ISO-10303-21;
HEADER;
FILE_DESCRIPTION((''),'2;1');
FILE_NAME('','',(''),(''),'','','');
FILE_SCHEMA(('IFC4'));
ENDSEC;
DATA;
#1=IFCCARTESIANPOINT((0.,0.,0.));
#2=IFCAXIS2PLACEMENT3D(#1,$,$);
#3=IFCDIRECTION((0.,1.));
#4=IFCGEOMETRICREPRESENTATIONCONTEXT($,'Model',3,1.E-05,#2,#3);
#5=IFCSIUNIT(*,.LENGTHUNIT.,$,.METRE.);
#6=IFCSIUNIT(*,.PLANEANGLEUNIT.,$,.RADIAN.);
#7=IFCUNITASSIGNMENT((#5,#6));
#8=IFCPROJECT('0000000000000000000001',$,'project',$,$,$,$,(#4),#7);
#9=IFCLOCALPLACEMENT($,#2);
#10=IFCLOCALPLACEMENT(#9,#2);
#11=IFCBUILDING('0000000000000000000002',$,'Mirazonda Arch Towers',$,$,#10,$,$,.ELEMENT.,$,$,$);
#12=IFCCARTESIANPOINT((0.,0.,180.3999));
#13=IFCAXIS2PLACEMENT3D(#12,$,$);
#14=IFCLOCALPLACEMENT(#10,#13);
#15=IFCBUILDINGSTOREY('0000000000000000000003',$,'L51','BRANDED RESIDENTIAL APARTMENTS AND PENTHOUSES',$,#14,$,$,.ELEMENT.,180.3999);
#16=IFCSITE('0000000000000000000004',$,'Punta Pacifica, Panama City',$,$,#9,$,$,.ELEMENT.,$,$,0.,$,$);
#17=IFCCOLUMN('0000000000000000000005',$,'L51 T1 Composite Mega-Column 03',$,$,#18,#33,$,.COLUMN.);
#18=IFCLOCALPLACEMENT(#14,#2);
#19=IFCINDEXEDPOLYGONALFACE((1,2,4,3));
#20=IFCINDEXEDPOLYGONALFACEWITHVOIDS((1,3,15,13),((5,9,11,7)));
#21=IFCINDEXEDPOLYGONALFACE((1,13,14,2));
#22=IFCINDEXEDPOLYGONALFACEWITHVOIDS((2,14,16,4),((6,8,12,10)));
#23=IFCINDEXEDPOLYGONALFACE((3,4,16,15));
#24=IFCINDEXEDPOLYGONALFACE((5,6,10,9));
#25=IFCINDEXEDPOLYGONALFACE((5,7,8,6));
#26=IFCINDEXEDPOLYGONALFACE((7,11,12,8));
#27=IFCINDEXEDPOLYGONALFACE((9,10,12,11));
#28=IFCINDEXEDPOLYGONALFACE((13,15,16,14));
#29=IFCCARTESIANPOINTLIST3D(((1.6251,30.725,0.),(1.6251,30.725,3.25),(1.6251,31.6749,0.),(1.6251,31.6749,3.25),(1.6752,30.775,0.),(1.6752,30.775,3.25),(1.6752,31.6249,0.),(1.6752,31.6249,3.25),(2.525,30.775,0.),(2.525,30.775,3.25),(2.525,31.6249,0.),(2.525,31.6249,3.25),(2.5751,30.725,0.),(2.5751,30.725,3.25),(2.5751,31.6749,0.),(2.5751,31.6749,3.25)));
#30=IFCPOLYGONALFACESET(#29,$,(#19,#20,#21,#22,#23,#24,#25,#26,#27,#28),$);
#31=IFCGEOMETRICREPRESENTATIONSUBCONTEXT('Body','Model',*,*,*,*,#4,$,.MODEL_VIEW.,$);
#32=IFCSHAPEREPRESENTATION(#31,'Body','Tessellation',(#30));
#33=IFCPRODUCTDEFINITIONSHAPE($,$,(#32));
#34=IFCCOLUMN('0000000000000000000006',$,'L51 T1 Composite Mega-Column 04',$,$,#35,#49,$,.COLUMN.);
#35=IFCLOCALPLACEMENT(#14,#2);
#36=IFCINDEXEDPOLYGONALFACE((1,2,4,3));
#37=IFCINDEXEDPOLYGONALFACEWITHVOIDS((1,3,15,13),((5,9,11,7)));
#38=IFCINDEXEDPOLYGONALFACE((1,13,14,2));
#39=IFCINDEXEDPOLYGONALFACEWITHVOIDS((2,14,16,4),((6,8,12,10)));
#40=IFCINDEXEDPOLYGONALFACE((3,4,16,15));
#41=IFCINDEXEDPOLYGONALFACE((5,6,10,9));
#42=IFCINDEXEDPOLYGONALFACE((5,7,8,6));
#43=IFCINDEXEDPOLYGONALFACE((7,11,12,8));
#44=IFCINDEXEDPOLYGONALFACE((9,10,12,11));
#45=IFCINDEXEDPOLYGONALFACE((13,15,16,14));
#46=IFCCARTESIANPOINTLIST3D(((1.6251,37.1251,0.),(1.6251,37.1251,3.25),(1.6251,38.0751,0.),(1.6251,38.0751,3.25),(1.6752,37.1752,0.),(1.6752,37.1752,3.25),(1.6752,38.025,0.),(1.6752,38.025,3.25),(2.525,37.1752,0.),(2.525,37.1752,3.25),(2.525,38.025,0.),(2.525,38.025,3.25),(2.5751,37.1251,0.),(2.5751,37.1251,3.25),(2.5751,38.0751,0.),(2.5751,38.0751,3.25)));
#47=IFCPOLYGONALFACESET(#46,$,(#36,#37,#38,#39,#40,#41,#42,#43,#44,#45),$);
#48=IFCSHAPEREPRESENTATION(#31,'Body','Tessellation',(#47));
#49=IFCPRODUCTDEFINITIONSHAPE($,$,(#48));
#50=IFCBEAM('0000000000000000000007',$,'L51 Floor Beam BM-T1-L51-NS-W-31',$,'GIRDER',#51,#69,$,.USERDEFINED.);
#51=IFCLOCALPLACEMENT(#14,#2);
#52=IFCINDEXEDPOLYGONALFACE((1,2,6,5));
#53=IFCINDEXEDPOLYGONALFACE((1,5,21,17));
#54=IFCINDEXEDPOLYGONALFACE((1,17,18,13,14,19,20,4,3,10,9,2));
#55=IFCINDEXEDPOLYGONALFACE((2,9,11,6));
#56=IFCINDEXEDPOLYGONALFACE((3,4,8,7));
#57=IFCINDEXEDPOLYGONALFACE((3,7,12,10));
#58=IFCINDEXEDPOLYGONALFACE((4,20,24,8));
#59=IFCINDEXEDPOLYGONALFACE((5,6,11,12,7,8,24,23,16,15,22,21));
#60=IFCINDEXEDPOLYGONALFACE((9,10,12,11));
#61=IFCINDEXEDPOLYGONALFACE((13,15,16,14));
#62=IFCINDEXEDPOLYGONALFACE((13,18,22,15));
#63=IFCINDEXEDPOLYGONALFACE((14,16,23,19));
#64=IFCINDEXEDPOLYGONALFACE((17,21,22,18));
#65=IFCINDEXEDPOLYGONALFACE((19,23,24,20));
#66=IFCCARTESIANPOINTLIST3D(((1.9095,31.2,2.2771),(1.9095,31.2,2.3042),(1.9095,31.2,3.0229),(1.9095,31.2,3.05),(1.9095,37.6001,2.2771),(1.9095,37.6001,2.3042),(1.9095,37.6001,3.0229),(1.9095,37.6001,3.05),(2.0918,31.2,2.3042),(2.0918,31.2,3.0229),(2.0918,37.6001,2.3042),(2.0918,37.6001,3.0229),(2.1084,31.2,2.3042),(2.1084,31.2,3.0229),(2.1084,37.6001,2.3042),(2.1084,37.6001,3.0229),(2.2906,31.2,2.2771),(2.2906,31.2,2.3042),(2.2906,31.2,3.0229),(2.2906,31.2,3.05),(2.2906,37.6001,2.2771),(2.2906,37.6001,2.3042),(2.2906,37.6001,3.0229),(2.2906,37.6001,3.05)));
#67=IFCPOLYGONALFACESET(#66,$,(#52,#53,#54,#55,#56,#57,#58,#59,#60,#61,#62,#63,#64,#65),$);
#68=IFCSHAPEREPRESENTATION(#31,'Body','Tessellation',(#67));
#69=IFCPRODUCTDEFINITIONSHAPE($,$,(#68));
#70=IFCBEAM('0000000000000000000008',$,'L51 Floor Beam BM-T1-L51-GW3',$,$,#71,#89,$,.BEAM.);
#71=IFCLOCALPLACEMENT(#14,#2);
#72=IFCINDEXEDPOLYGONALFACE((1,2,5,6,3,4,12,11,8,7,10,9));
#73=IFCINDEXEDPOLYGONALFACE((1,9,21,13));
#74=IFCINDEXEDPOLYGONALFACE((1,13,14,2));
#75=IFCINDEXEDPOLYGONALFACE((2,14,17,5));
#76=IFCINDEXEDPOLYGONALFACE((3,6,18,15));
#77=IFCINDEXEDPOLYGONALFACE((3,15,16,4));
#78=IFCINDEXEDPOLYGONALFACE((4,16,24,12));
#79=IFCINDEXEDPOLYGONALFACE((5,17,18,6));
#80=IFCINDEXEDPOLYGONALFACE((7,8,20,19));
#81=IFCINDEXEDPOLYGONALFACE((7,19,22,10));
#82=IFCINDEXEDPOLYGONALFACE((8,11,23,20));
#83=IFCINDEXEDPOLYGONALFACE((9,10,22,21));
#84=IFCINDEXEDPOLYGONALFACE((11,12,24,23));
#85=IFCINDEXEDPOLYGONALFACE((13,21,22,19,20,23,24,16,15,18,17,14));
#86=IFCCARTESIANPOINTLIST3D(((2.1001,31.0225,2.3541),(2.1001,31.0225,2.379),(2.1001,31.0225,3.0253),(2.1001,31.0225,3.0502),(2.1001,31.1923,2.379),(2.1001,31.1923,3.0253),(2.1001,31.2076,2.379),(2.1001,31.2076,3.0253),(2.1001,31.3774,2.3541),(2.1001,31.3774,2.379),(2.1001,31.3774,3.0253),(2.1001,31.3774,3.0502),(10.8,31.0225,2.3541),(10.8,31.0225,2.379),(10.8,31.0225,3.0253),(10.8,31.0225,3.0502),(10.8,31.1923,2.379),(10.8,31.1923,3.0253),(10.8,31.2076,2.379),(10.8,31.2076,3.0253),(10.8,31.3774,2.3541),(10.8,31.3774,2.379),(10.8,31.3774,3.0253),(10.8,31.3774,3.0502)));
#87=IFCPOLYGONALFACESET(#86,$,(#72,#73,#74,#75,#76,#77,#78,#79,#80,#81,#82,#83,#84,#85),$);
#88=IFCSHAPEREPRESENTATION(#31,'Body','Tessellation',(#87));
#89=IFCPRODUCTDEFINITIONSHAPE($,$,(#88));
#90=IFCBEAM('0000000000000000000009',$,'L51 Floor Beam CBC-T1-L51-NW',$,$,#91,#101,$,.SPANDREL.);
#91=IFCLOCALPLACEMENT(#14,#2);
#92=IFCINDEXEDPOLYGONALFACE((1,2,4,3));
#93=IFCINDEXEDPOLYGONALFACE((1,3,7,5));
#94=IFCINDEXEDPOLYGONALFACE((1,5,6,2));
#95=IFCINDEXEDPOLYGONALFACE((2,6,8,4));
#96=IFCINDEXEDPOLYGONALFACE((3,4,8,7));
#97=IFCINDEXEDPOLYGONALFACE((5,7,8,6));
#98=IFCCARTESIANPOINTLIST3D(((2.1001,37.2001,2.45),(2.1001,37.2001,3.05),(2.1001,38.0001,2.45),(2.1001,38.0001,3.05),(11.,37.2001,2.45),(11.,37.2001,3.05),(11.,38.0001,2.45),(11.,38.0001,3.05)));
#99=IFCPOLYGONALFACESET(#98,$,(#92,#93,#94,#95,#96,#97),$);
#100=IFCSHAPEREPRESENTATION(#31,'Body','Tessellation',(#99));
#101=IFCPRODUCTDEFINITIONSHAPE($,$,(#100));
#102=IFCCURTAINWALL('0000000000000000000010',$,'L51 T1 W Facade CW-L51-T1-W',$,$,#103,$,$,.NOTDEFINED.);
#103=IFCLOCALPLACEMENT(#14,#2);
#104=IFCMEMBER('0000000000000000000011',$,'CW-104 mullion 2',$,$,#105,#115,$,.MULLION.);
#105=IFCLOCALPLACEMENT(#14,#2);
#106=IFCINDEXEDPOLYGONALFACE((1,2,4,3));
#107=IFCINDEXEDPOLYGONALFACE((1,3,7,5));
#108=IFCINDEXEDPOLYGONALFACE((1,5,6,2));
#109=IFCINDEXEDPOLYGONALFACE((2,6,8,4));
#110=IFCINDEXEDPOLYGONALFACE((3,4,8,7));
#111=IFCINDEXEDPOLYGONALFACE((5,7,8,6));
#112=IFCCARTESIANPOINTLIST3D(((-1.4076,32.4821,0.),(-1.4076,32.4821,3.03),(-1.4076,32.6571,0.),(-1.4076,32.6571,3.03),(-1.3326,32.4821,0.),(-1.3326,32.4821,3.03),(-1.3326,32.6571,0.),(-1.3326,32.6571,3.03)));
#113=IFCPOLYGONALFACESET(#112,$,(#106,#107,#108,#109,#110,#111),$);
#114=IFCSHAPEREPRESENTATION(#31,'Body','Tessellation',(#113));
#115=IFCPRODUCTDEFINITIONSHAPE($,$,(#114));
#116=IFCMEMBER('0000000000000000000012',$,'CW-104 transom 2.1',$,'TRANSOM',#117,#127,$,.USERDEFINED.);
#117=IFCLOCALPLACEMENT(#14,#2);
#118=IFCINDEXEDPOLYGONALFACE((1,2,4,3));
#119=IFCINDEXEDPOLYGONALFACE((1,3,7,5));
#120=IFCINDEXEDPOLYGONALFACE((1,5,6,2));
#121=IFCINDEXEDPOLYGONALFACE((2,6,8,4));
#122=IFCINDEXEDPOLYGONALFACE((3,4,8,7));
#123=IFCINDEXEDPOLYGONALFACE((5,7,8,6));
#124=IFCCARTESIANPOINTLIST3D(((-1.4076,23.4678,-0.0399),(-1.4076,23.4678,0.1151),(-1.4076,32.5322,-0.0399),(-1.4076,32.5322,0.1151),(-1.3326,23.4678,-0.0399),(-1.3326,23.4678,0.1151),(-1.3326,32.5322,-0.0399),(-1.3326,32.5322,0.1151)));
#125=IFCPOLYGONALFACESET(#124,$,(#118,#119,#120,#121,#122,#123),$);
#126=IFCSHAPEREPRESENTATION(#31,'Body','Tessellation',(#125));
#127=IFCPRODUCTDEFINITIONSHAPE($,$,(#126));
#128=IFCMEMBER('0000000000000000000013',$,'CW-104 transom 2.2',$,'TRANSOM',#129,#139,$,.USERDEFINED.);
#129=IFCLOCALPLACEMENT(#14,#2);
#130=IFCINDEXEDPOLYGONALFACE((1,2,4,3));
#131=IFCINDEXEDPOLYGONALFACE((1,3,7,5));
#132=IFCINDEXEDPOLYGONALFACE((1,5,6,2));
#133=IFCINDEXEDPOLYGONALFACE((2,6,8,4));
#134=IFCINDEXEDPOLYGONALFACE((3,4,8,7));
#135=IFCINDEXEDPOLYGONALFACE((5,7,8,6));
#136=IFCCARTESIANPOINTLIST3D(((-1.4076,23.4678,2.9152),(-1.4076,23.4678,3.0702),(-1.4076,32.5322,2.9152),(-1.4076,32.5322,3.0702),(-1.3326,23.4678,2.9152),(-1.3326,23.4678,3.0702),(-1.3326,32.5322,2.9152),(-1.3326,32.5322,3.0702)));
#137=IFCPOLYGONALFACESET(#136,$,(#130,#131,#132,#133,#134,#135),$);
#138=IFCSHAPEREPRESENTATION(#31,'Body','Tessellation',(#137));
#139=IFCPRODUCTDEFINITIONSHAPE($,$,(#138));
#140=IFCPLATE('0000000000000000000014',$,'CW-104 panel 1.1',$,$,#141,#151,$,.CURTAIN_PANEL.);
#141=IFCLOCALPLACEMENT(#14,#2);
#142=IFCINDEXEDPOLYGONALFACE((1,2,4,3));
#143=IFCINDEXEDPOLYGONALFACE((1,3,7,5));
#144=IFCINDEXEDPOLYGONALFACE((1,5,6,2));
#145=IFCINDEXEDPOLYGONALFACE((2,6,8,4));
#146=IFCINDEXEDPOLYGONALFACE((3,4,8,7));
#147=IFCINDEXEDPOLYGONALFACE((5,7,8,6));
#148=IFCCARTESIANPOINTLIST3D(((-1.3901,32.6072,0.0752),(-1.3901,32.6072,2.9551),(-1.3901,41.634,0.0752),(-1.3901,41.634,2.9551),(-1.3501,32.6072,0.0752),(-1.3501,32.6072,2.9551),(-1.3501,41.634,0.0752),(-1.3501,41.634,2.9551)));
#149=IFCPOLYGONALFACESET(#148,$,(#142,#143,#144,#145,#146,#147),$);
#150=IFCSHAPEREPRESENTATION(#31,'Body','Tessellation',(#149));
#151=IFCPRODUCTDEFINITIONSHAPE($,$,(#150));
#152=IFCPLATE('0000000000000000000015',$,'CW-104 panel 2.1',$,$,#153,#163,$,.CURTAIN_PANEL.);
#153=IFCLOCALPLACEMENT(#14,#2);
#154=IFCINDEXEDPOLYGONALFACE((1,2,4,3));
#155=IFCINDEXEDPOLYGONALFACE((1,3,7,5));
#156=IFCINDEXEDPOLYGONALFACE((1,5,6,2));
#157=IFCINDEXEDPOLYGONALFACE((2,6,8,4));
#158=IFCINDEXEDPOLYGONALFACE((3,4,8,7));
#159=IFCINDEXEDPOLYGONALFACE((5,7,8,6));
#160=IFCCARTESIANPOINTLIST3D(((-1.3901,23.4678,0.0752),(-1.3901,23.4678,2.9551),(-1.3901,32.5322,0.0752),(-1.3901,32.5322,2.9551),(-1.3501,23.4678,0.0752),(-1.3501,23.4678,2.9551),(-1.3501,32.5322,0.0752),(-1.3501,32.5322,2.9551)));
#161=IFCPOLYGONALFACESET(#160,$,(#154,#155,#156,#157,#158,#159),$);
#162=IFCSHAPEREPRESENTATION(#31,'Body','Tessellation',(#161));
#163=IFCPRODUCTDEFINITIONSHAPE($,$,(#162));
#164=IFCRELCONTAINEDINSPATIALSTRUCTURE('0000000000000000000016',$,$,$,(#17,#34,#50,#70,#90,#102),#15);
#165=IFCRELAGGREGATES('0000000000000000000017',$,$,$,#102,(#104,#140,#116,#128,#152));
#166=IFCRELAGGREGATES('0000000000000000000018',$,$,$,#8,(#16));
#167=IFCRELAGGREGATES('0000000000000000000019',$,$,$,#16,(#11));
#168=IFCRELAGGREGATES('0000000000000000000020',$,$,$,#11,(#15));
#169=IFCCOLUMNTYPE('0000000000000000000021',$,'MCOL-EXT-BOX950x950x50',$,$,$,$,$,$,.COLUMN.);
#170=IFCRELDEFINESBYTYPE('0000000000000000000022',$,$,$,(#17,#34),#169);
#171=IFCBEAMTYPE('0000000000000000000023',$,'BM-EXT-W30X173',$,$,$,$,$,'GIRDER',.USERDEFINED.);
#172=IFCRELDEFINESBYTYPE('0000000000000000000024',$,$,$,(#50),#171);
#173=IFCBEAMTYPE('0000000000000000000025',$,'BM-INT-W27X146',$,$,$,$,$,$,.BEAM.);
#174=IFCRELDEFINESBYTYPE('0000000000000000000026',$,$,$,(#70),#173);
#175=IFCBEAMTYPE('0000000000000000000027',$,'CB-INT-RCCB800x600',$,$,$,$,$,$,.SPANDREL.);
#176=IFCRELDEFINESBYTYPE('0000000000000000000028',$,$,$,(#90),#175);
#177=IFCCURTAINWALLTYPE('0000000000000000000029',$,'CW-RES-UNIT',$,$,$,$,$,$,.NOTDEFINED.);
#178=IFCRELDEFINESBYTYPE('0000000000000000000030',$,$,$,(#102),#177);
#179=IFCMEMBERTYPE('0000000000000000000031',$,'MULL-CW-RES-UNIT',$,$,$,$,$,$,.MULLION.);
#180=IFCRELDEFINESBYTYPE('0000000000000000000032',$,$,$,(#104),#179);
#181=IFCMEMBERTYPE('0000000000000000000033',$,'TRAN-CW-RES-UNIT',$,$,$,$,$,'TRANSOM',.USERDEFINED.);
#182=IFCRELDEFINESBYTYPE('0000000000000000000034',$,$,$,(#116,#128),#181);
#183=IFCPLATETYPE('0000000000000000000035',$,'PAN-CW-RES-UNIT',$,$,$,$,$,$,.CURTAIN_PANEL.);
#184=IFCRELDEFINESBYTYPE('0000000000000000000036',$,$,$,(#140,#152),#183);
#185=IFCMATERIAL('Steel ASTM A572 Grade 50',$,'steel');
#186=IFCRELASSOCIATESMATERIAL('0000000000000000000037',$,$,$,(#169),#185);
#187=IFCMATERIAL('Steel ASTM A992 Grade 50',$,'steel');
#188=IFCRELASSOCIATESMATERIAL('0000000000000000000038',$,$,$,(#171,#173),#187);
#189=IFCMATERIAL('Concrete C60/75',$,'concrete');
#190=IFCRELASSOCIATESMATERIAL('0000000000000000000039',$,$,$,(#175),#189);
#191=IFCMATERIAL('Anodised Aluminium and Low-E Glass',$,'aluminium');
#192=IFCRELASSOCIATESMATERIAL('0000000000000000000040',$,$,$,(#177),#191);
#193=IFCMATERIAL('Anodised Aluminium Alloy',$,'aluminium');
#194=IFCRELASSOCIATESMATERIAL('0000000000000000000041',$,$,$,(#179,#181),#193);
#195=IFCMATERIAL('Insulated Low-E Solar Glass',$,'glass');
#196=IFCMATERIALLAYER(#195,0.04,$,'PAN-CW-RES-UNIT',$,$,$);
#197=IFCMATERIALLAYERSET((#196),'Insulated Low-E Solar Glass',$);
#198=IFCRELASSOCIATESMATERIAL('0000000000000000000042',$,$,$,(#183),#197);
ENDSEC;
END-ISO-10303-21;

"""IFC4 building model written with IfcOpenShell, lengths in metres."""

from ifc_helpers import new_model, si_unit, direction, frame, origin, origin_2d, place, context, subcontext, project, spatial, rectangle, hollow_rectangle, i_section, extrude, material, layer, layer_set, material_profile, profile_set, type_object, element, aggregate, save


model = new_model("IFC4")

# Units and contexts
model_context = context("Model", 3, precision=1e-05, world=origin(), true_north=direction((0.0, 1.0)))
body_context = subcontext(model_context, "Body", "Model", "MODEL_VIEW")
ifc_project = project(units=[si_unit("LENGTHUNIT", "METRE"), si_unit("PLANEANGLEUNIT", "RADIAN")], contexts=[model_context])

# Site, building, storey
site_placement = place(None, origin())
site = spatial("IfcSite", under=ifc_project, at=site_placement, Name="Punta Pacifica, Panama City", CompositionType="ELEMENT", RefElevation=0.0)
building_placement = place(site_placement, origin())
building = spatial("IfcBuilding", under=site, at=building_placement, Name="Mirazonda Arch Towers", CompositionType="ELEMENT")
storey_placement = place(building_placement, frame((0.0, 0.0, 180.3999)))
storey = spatial("IfcBuildingStorey", under=building, at=storey_placement, Name="L51", Description="BRANDED RESIDENTIAL APARTMENTS AND PENTHOUSES", CompositionType="ELEMENT", Elevation=180.3999)

# Columns
ifc_material_1 = material(Name="Steel ASTM A572 Grade 50", Category="steel")
ifc_material_profile_1 = material_profile(ifc_material_1, hollow_rectangle(XDim=0.95, YDim=0.95, WallThickness=0.05, at=origin_2d()), Name="BOX950x950x50")
ifc_profile_set_1 = profile_set([ifc_material_profile_1], Name="Steel ASTM A572 Grade 50")
column_type = type_object("IfcColumnType", Name="MCOL-EXT-BOX950x950x50", PredefinedType="COLUMN", material=ifc_profile_set_1)
for number, where, z_axis, x_axis, name in (
    (1, (2.1001, 31.2, 0.0), (0.0, 0.0, 1.0), (1.0, 0.0, 0.0), "L51 T1 Composite Mega-Column 03"),
    (2, (2.1001, 37.6001, 0.0), (0.0, 0.0, 1.0), (1.0, 0.0, 0.0), "L51 T1 Composite Mega-Column 04"),
):
    element("IfcColumn", number, at=place(storey_placement, frame(where, z_axis=z_axis, x_axis=x_axis)), inside=storey, type_object=column_type, Name=name, PredefinedType="COLUMN", context=body_context, shape_type="SweptSolid", body=[
        extrude(hollow_rectangle(XDim=0.95, YDim=0.95, WallThickness=0.05, at=origin_2d()), origin(), (0.0, 0.0, 1.0), 3.25),
    ])

# Beams
ifc_material_2 = material(Name="Steel ASTM A992 Grade 50", Category="steel")
ifc_material_profile_2 = material_profile(ifc_material_2, i_section(OverallWidth=0.3811, OverallDepth=0.7729, WebThickness=0.0166, FlangeThickness=0.0271, at=origin_2d()), Name="W30X173")
ifc_profile_set_2 = profile_set([ifc_material_profile_2], Name="Steel ASTM A992 Grade 50")
beam_type_1 = type_object("IfcBeamType", Name="BM-EXT-W30X173", ElementType="GIRDER", PredefinedType="USERDEFINED", material=ifc_profile_set_2)
beam_1_placement = place(storey_placement, frame((2.1001, 31.2, 2.6636), z_axis=(0.0, 1.0, 0.0), x_axis=(-1.0, 0.0, 0.0)))
element("IfcBeam", 3, at=beam_1_placement, inside=storey, type_object=beam_type_1, Name="L51 Floor Beam BM-T1-L51-NS-W-31", ObjectType="GIRDER", PredefinedType="USERDEFINED", context=body_context, shape_type="SweptSolid", body=[
    extrude(i_section(OverallWidth=0.3811, OverallDepth=0.7729, WebThickness=0.0166, FlangeThickness=0.0271, at=origin_2d()), origin(), (0.0, 0.0, 1.0), 6.4001),
])
ifc_material_profile_3 = material_profile(ifc_material_2, i_section(OverallWidth=0.355, OverallDepth=0.696, WebThickness=0.0154, FlangeThickness=0.0249, at=origin_2d()), Name="W27X146")
ifc_profile_set_3 = profile_set([ifc_material_profile_3], Name="Steel ASTM A992 Grade 50")
beam_type_2 = type_object("IfcBeamType", Name="BM-INT-W27X146", PredefinedType="BEAM", material=ifc_profile_set_3)
beam_2_placement = place(storey_placement, frame((2.1001, 31.2, 2.7021), z_axis=(1.0, 0.0, 0.0), x_axis=(0.0, 1.0, 0.0)))
element("IfcBeam", 4, at=beam_2_placement, inside=storey, type_object=beam_type_2, Name="L51 Floor Beam BM-T1-L51-GW3", PredefinedType="BEAM", context=body_context, shape_type="SweptSolid", body=[
    extrude(i_section(OverallWidth=0.355, OverallDepth=0.696, WebThickness=0.0154, FlangeThickness=0.0249, at=origin_2d()), origin(), (0.0, 0.0, 1.0), 8.7),
])
ifc_material_3 = material(Name="Concrete C60/75", Category="concrete")
ifc_material_profile_4 = material_profile(ifc_material_3, rectangle(XDim=0.8, YDim=0.6001, at=origin_2d()), Name="RCCB800x600")
ifc_profile_set_4 = profile_set([ifc_material_profile_4], Name="Concrete C60/75")
beam_type_3 = type_object("IfcBeamType", Name="CB-INT-RCCB800x600", PredefinedType="SPANDREL", material=ifc_profile_set_4)
beam_3_placement = place(storey_placement, frame((2.1001, 37.6001, 2.75), z_axis=(1.0, 0.0, 0.0), x_axis=(0.0, 1.0, 0.0)))
element("IfcBeam", 5, at=beam_3_placement, inside=storey, type_object=beam_type_3, Name="L51 Floor Beam CBC-T1-L51-NW", PredefinedType="SPANDREL", context=body_context, shape_type="SweptSolid", body=[
    extrude(rectangle(XDim=0.8, YDim=0.6001, at=origin_2d()), origin(), (0.0, 0.0, 1.0), 8.8999),
])

# Curtain wall, members, plates
ifc_material_4 = material(Name="Anodised Aluminium and Low-E Glass", Category="aluminium")
curtain_wall_type = type_object("IfcCurtainWallType", Name="CW-RES-UNIT", PredefinedType="NOTDEFINED", material=ifc_material_4)
curtain_wall_placement = place(storey_placement, origin())
curtain_wall = element("IfcCurtainWall", 6, at=curtain_wall_placement, inside=storey, type_object=curtain_wall_type, Name="L51 T1 W Facade CW-L51-T1-W", PredefinedType="NOTDEFINED")
ifc_material_5 = material(Name="Anodised Aluminium Alloy", Category="aluminium")
ifc_material_profile_5 = material_profile(ifc_material_5, rectangle(XDim=0.075, YDim=0.175, at=origin_2d()), Name="ALU-MULL-75x175")
ifc_profile_set_5 = profile_set([ifc_material_profile_5], Name="Anodised Aluminium Alloy")
member_type_1 = type_object("IfcMemberType", Name="MULL-CW-RES-UNIT", PredefinedType="MULLION", material=ifc_profile_set_5)
member_1_placement = place(storey_placement, frame((-1.3701, 32.5696, 0.0), z_axis=(0.0, 0.0, 1.0), x_axis=(1.0, 0.0, 0.0)))
member_1 = element("IfcMember", 7, at=member_1_placement, type_object=member_type_1, Name="CW-104 mullion 2", PredefinedType="MULLION", context=body_context, shape_type="SweptSolid", body=[
    extrude(rectangle(XDim=0.075, YDim=0.175, at=origin_2d()), origin(), (0.0, 0.0, 1.0), 3.03),
])
ifc_material_profile_6 = material_profile(ifc_material_5, rectangle(XDim=0.075, YDim=0.155, at=origin_2d()), Name="ALU-TRAN-75x155")
ifc_profile_set_6 = profile_set([ifc_material_profile_6], Name="Anodised Aluminium Alloy")
member_type_2 = type_object("IfcMemberType", Name="TRAN-CW-RES-UNIT", ElementType="TRANSOM", PredefinedType="USERDEFINED", material=ifc_profile_set_6)
member_2_placement = place(storey_placement, frame((-1.3701, 32.5322, 0.0376), z_axis=(0.0, -1.0, 0.0), x_axis=(1.0, 0.0, 0.0)))
member_2 = element("IfcMember", 8, at=member_2_placement, type_object=member_type_2, Name="CW-104 transom 2.1", ObjectType="TRANSOM", PredefinedType="USERDEFINED", context=body_context, shape_type="SweptSolid", body=[
    extrude(rectangle(XDim=0.075, YDim=0.155, at=origin_2d()), origin(), (0.0, 0.0, 1.0), 9.0645),
])
member_3_placement = place(storey_placement, frame((-1.3701, 32.5322, 2.9927), z_axis=(0.0, -1.0, 0.0), x_axis=(1.0, 0.0, 0.0)))
member_3 = element("IfcMember", 9, at=member_3_placement, type_object=member_type_2, Name="CW-104 transom 2.2", ObjectType="TRANSOM", PredefinedType="USERDEFINED", context=body_context, shape_type="SweptSolid", body=[
    extrude(rectangle(XDim=0.075, YDim=0.155, at=origin_2d()), origin(), (0.0, 0.0, 1.0), 9.0645),
])
ifc_material_6 = material(Name="Insulated Low-E Solar Glass", Category="glass")
ifc_layer_1 = layer(ifc_material_6, 0.04, Name="PAN-CW-RES-UNIT")
ifc_layer_set_1 = layer_set([ifc_layer_1], Name="Insulated Low-E Solar Glass")
plate_type = type_object("IfcPlateType", Name="PAN-CW-RES-UNIT", PredefinedType="CURTAIN_PANEL", material=ifc_layer_set_1)
plate_1_placement = place(storey_placement, frame((-1.3701, 37.1206, 0.0752), z_axis=(0.0, 0.0, 1.0), x_axis=(0.0, -1.0, 0.0)))
plate_1 = element("IfcPlate", 10, at=plate_1_placement, type_object=plate_type, Name="CW-104 panel 1.1", PredefinedType="CURTAIN_PANEL", context=body_context, shape_type="SweptSolid", body=[
    extrude(rectangle(XDim=9.0269, YDim=0.04, at=origin_2d()), origin(), (0.0, 0.0, 1.0), 2.8799),
])
plate_2_placement = place(storey_placement, frame((-1.3701, 28.0, 0.0752), z_axis=(0.0, 0.0, 1.0), x_axis=(0.0, -1.0, 0.0)))
plate_2 = element("IfcPlate", 11, at=plate_2_placement, type_object=plate_type, Name="CW-104 panel 2.1", PredefinedType="CURTAIN_PANEL", context=body_context, shape_type="SweptSolid", body=[
    extrude(rectangle(XDim=9.0645, YDim=0.04, at=origin_2d()), origin(), (0.0, 0.0, 1.0), 2.8799),
])
aggregate(curtain_wall, [member_1, plate_1, member_2, member_3, plate_2])

save(model, "model.ifc")
